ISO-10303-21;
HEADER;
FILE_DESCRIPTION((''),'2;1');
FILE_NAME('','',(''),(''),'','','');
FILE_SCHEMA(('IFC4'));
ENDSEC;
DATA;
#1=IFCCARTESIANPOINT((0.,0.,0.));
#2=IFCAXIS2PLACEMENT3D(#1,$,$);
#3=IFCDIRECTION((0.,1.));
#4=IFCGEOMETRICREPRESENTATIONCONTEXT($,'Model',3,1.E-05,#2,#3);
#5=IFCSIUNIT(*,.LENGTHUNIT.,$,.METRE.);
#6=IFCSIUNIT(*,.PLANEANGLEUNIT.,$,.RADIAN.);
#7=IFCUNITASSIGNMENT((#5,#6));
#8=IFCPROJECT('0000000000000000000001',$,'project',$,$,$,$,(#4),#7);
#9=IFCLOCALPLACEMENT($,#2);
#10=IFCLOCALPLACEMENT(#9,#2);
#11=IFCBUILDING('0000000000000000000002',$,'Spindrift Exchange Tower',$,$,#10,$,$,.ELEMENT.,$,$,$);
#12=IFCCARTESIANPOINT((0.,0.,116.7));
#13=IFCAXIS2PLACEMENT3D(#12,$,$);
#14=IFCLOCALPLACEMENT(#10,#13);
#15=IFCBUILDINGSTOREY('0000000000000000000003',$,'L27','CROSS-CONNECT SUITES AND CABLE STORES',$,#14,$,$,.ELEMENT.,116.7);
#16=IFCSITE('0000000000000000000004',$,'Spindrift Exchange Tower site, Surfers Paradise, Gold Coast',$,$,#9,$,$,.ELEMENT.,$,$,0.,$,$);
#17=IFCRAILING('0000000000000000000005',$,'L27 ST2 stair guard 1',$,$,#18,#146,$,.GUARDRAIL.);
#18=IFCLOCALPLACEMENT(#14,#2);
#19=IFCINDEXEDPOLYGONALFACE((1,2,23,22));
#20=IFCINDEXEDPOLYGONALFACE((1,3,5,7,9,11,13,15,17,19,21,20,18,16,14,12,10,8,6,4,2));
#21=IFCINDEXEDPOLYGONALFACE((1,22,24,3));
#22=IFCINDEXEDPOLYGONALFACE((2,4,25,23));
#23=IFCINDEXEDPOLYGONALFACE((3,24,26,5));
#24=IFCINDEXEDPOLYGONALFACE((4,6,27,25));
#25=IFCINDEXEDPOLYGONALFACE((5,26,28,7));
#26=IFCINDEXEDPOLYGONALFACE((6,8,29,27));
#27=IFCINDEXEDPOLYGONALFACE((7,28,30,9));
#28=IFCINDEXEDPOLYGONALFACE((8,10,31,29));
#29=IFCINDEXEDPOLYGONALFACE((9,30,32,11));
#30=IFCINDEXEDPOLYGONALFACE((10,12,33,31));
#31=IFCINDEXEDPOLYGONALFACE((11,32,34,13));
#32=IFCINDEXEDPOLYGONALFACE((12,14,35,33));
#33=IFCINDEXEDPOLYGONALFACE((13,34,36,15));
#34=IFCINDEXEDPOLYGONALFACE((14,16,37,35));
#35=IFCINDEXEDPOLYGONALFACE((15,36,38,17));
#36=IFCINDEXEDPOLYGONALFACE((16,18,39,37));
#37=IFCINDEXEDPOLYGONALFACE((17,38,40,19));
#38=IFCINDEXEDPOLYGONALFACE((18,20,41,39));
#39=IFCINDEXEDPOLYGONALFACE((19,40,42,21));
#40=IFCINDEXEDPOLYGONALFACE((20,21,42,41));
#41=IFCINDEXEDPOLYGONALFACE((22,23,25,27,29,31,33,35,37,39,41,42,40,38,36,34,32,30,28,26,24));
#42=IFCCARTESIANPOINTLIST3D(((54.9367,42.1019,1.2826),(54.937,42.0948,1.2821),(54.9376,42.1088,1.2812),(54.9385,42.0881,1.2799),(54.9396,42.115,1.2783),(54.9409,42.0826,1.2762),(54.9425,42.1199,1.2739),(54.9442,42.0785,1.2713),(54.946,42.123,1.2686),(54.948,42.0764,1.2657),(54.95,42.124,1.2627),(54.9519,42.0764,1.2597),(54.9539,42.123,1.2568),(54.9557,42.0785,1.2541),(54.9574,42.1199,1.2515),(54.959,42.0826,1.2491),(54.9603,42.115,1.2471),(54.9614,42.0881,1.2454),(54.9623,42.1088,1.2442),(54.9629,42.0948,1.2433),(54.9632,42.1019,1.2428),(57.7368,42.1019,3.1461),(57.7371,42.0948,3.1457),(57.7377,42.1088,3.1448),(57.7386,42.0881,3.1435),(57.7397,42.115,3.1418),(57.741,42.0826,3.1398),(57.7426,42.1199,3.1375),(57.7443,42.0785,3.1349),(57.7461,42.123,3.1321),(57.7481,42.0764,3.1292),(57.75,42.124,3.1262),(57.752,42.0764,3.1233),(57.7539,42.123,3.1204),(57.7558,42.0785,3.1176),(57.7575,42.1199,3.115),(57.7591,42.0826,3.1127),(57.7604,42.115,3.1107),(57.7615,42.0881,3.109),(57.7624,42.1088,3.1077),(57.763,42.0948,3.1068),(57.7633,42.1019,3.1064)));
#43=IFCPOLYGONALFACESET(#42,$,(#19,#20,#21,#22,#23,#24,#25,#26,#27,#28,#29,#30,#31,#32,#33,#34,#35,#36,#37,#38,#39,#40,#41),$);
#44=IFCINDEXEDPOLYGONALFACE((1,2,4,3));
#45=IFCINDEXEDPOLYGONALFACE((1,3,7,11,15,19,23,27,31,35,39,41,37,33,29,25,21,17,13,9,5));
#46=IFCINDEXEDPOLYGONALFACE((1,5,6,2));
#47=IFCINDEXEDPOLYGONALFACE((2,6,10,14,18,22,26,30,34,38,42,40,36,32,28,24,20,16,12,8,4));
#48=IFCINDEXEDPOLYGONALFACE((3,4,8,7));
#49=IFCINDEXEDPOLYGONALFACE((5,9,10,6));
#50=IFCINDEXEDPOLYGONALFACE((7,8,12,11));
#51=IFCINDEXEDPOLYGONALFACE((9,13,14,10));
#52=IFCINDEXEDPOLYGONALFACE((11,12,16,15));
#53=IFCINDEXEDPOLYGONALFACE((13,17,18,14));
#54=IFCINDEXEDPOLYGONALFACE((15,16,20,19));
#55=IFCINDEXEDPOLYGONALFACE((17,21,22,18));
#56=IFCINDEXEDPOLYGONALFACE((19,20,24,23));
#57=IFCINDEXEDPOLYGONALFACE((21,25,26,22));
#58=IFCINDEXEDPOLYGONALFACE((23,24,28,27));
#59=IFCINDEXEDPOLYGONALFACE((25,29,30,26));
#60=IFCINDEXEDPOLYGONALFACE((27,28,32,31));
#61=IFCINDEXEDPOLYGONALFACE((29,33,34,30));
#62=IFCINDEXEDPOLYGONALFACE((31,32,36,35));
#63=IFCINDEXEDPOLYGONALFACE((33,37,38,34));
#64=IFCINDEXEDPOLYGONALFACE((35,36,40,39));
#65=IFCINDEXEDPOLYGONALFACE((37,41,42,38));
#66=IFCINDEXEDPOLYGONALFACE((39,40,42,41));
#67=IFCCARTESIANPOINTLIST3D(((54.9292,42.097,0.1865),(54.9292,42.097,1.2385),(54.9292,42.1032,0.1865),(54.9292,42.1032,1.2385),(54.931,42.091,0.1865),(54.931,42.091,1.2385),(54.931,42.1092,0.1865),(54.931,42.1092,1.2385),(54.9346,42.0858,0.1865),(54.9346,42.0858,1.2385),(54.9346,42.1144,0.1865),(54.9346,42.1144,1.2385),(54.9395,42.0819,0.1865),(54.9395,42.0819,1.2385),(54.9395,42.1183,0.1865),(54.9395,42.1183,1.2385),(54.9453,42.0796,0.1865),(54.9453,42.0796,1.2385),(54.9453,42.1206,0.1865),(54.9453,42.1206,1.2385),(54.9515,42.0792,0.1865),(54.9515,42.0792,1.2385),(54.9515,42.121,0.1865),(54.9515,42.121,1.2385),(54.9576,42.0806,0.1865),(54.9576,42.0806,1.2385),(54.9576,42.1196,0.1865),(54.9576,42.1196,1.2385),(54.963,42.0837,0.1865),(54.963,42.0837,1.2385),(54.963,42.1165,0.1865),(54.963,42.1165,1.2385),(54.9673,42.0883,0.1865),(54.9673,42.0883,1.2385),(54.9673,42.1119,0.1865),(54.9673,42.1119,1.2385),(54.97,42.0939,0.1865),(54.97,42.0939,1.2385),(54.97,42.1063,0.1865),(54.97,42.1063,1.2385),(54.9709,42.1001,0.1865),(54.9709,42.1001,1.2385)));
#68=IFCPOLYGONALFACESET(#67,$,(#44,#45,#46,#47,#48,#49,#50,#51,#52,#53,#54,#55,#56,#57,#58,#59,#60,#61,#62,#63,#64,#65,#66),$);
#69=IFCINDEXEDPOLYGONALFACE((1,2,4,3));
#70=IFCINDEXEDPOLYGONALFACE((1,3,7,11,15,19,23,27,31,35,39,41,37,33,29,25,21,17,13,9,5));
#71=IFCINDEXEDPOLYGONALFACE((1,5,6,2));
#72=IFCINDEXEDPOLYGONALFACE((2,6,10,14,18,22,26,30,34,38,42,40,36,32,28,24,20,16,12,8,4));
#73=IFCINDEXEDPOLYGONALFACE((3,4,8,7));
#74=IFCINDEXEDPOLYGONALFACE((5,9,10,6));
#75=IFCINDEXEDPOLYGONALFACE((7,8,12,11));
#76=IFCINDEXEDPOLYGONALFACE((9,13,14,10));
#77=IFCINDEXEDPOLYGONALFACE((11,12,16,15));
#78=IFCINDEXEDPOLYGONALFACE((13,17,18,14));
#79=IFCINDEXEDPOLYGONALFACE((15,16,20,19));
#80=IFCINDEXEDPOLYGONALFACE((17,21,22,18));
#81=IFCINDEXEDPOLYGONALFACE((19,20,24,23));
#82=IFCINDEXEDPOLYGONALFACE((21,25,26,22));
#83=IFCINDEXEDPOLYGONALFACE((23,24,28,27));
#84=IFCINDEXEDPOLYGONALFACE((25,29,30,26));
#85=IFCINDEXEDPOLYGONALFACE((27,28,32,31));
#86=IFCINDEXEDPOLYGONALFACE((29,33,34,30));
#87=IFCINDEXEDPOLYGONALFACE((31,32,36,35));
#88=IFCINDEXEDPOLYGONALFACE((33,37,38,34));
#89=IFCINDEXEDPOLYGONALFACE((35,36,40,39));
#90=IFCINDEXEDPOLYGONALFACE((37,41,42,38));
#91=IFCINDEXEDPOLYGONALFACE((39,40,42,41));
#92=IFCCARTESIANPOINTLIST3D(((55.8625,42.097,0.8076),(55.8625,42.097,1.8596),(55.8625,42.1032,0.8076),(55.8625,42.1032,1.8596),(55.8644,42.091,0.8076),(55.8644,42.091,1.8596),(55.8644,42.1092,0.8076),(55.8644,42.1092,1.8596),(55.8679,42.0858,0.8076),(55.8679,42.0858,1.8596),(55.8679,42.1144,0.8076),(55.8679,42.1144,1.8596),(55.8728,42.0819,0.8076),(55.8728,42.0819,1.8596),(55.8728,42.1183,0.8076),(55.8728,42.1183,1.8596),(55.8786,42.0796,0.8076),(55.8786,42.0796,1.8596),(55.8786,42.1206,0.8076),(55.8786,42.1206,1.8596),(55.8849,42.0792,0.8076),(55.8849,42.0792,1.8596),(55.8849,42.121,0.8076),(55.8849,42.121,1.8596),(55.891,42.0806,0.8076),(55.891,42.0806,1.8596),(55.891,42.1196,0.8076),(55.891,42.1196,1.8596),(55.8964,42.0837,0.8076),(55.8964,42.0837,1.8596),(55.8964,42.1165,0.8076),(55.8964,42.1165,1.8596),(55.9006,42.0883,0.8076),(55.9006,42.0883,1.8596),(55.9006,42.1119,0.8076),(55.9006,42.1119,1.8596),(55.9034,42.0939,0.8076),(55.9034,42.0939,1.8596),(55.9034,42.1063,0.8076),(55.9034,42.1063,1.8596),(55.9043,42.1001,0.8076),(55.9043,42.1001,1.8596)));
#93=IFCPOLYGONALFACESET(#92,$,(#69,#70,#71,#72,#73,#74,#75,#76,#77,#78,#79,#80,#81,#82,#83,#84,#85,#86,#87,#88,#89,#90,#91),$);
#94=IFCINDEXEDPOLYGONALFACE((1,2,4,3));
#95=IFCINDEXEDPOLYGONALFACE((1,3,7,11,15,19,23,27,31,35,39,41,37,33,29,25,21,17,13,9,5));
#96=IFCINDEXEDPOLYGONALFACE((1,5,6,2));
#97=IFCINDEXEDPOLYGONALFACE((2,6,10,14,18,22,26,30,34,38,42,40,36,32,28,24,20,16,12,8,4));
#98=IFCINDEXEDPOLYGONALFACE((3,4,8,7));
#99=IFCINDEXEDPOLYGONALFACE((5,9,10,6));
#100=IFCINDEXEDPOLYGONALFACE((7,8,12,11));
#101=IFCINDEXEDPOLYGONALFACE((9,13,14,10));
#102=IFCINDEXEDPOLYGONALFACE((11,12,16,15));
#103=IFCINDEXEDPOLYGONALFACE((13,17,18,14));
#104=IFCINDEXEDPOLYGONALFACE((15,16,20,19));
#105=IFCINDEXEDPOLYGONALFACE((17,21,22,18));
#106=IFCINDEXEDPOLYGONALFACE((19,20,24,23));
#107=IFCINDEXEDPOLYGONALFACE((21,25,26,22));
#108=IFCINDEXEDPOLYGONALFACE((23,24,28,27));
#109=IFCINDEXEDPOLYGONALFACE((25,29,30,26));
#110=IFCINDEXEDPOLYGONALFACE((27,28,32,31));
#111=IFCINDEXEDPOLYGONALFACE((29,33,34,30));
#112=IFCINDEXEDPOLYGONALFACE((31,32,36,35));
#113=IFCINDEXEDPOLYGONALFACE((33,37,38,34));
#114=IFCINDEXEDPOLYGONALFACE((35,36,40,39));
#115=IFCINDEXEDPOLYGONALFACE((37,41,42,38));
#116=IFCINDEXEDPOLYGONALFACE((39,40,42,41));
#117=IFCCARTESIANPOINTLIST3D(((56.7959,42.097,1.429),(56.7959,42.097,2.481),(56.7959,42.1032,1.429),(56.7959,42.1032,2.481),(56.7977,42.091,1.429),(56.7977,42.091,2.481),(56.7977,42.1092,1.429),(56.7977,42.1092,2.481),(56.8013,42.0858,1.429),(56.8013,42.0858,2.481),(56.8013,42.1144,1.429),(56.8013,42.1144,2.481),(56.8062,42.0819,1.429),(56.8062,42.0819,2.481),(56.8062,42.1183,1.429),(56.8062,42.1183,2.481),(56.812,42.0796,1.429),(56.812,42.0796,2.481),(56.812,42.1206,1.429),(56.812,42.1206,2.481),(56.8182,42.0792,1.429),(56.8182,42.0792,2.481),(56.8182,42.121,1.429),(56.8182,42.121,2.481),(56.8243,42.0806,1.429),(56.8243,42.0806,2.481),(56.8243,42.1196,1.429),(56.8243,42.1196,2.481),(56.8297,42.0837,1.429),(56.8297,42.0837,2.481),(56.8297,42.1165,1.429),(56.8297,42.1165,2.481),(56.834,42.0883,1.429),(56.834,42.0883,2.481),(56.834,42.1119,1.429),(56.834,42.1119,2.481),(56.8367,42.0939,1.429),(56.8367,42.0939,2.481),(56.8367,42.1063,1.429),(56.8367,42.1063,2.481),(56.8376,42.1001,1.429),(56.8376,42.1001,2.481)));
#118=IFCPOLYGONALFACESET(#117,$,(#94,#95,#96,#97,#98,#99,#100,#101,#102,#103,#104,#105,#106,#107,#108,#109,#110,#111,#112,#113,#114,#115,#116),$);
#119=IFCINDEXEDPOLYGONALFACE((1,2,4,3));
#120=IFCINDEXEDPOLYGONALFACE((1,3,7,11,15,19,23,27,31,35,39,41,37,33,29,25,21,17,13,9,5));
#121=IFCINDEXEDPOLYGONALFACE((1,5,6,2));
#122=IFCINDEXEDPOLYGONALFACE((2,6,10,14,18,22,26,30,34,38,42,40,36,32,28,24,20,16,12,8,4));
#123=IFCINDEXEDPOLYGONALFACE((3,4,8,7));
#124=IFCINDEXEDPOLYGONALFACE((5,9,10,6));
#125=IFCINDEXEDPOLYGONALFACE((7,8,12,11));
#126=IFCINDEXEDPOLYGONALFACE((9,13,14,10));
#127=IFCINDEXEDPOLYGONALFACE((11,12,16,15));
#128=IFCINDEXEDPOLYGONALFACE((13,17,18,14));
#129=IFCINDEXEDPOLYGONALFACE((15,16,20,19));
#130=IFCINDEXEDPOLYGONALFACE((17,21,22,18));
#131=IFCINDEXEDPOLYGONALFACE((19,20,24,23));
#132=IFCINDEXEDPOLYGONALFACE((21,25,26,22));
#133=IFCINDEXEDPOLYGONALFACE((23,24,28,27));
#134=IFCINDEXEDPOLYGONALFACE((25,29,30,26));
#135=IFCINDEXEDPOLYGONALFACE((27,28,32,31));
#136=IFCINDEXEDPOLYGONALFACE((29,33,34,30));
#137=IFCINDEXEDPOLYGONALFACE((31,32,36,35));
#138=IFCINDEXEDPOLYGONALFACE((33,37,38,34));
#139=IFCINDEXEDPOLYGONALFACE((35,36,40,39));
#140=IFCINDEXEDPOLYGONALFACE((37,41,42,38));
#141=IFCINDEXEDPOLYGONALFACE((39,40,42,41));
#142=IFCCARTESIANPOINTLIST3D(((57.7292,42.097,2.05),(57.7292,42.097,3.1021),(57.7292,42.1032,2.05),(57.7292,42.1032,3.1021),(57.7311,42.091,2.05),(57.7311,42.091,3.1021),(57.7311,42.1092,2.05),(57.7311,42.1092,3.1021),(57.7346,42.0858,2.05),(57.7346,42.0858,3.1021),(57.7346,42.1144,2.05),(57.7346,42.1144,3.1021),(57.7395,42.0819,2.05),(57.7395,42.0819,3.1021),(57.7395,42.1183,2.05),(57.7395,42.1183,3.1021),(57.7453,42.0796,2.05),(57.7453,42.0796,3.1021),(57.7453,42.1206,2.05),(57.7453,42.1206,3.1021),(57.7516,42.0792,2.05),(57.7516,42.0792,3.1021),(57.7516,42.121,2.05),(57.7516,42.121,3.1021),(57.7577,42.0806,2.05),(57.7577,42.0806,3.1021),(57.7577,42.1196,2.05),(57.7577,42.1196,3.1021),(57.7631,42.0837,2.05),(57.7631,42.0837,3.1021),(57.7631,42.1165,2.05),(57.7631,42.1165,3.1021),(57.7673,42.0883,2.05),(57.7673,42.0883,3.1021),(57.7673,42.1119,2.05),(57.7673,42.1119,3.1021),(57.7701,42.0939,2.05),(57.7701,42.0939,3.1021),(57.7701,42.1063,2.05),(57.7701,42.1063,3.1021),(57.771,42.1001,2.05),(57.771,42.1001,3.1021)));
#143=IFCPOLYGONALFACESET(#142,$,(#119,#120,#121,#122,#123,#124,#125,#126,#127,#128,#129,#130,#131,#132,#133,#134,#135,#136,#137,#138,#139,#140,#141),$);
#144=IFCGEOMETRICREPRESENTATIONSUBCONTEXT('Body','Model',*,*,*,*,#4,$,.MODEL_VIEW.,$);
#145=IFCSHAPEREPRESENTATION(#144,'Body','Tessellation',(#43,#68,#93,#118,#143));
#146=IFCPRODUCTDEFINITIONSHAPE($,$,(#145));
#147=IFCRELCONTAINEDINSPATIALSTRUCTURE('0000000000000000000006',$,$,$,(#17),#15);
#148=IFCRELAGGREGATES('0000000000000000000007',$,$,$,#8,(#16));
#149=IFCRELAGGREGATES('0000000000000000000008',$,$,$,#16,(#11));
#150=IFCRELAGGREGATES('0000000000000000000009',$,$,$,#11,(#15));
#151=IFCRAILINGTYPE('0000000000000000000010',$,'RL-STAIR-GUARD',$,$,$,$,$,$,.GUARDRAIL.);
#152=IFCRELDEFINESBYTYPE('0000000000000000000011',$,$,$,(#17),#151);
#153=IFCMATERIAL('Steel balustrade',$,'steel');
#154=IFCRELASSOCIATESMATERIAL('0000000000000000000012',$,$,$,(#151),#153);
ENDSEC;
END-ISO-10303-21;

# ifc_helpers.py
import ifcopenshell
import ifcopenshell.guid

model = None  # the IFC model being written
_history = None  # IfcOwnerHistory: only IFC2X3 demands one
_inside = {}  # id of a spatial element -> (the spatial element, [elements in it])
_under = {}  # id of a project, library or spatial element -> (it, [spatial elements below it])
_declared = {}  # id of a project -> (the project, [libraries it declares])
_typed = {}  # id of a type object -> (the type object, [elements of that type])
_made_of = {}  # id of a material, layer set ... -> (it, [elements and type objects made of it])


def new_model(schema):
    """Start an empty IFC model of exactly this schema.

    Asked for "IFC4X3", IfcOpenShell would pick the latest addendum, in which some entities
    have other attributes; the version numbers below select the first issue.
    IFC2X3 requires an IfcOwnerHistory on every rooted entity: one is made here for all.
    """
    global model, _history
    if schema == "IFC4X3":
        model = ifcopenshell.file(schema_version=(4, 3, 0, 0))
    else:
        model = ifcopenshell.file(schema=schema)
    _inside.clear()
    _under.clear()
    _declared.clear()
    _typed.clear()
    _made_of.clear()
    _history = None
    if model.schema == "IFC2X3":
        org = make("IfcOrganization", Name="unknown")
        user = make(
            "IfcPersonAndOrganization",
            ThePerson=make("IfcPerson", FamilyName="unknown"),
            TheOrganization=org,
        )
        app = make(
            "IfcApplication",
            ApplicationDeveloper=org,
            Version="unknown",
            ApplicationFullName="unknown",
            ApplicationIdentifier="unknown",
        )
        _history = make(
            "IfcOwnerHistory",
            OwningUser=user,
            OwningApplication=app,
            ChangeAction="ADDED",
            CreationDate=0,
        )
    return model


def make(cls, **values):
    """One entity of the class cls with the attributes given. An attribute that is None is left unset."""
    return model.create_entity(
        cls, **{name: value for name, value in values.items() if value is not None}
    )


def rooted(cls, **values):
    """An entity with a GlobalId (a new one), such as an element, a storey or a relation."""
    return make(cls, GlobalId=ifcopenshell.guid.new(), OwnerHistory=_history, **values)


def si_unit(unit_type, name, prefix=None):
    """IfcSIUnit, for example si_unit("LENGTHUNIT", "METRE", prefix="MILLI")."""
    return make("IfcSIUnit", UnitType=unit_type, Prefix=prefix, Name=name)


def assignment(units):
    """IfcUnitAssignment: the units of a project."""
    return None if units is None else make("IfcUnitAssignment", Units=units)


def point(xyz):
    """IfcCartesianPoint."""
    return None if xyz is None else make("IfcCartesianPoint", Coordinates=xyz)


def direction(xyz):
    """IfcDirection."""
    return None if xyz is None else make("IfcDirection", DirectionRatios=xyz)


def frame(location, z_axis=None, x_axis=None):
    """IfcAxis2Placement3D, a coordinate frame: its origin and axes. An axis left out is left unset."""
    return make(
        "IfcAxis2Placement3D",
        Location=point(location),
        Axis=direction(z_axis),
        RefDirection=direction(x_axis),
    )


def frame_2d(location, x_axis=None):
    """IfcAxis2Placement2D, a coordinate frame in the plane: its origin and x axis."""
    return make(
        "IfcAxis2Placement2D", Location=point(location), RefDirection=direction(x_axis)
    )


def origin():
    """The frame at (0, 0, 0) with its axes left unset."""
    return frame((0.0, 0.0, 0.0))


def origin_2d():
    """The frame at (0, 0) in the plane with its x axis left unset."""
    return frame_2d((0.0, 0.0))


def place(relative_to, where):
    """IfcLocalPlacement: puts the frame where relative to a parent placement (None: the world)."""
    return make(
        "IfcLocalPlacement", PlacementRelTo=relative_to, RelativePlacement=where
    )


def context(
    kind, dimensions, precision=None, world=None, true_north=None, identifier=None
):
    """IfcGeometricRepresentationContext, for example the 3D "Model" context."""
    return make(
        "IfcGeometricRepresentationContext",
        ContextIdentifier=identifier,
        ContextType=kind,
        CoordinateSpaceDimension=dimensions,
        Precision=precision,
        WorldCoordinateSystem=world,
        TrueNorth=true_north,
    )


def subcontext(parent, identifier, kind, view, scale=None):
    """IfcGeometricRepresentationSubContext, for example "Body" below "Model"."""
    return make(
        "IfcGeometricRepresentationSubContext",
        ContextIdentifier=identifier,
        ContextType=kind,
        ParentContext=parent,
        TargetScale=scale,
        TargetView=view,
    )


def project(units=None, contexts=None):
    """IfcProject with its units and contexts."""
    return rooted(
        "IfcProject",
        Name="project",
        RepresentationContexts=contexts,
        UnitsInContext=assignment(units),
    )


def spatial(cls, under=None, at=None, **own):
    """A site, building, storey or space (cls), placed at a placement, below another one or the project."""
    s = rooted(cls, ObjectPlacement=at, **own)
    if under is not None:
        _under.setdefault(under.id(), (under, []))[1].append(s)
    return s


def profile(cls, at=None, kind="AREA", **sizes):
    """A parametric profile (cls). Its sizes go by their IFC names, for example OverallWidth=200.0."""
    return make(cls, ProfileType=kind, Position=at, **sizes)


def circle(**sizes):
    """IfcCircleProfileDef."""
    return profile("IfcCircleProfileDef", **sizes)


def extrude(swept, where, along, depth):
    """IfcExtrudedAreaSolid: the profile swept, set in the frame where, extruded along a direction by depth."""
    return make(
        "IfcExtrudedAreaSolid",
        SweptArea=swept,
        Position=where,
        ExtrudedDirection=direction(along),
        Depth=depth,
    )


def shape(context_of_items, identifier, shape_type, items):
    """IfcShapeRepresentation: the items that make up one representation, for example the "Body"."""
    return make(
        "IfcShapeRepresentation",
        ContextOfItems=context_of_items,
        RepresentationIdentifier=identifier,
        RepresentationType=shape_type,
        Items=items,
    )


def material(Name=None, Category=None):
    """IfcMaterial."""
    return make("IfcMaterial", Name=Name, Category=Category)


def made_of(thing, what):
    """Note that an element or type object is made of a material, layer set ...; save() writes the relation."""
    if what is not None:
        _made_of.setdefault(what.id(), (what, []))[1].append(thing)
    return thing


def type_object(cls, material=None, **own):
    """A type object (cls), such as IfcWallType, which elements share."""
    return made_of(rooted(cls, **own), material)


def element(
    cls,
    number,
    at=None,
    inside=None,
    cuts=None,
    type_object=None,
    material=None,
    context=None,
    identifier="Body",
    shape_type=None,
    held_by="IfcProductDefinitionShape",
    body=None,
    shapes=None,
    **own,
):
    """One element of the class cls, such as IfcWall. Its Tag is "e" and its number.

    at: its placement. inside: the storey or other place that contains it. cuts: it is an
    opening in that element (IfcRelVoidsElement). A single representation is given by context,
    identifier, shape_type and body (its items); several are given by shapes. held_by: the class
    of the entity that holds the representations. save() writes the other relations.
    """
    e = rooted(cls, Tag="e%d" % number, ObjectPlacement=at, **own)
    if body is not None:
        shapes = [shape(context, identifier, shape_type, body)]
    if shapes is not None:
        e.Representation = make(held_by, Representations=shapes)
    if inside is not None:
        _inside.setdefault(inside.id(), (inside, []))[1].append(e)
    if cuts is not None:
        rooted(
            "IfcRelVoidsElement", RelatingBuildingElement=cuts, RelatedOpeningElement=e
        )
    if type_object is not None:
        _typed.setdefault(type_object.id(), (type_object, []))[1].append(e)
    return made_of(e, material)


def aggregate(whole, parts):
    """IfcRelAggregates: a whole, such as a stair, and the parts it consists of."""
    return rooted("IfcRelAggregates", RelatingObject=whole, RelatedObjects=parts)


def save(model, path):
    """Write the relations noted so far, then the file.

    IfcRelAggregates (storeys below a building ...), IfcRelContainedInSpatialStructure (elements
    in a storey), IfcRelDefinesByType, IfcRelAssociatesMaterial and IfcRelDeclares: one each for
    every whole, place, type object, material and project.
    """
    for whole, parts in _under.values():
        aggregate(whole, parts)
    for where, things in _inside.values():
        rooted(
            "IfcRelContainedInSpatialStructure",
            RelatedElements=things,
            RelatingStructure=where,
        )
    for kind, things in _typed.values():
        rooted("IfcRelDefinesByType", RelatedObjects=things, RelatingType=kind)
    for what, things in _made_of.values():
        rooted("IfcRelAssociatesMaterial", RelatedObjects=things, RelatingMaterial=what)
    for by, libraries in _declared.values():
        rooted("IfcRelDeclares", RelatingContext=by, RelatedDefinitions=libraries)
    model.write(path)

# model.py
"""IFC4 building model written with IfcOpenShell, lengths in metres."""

from ifc_helpers import new_model, si_unit, direction, frame, origin, origin_2d, place, context, subcontext, project, spatial, circle, extrude, material, type_object, element, save


model = new_model("IFC4")

# Units and contexts
model_context = context("Model", 3, precision=1e-05, world=origin(), true_north=direction((0.0, 1.0)))
body_context = subcontext(model_context, "Body", "Model", "MODEL_VIEW")
ifc_project = project(units=[si_unit("LENGTHUNIT", "METRE"), si_unit("PLANEANGLEUNIT", "RADIAN")], contexts=[model_context])

# Site, building, storey
site_placement = place(None, origin())
site = spatial("IfcSite", under=ifc_project, at=site_placement, Name="Spindrift Exchange Tower site, Surfers Paradise, Gold Coast", CompositionType="ELEMENT", RefElevation=0.0)
building_placement = place(site_placement, origin())
building = spatial("IfcBuilding", under=site, at=building_placement, Name="Spindrift Exchange Tower", CompositionType="ELEMENT")
storey_placement = place(building_placement, frame((0.0, 0.0, 116.7)))
storey = spatial("IfcBuildingStorey", under=building, at=storey_placement, Name="L27", Description="CROSS-CONNECT SUITES AND CABLE STORES", CompositionType="ELEMENT", Elevation=116.7)

# Railing
ifc_material_1 = material(Name="Steel balustrade", Category="steel")
railing_type_1 = type_object("IfcRailingType", Name="RL-STAIR-GUARD", PredefinedType="GUARDRAIL", material=ifc_material_1)
railing_1_placement = place(storey_placement, frame((54.95, 42.1001, 0.1865)))
element("IfcRailing", 1, at=railing_1_placement, inside=storey, type_object=railing_type_1, Name="L27 ST2 stair guard 1", PredefinedType="GUARDRAIL", context=body_context, shape_type="SweptSolid", body=[
    extrude(circle(Radius=0.0239, at=origin_2d()), frame((0.0, 0.0, 1.0762), z_axis=(0.832486, 0.0, 0.554047), x_axis=(0.0, 1.0, 0.0)), (0.0, 0.0, 1.0), 3.3635),
    extrude(circle(Radius=0.021, at=origin_2d()), origin(), (0.0, 0.0, 1.0), 1.052),
    extrude(circle(Radius=0.021, at=origin_2d()), frame((0.9333, 0.0, 0.6211)), (0.0, 0.0, 1.0), 1.052),
    extrude(circle(Radius=0.021, at=origin_2d()), frame((1.8667, 0.0, 1.2424)), (0.0, 0.0, 1.0), 1.052),
    extrude(circle(Radius=0.021, at=origin_2d()), frame((2.8, 0.0, 1.8635)), (0.0, 0.0, 1.0), 1.052),
])

save(model, "model.ifc")
